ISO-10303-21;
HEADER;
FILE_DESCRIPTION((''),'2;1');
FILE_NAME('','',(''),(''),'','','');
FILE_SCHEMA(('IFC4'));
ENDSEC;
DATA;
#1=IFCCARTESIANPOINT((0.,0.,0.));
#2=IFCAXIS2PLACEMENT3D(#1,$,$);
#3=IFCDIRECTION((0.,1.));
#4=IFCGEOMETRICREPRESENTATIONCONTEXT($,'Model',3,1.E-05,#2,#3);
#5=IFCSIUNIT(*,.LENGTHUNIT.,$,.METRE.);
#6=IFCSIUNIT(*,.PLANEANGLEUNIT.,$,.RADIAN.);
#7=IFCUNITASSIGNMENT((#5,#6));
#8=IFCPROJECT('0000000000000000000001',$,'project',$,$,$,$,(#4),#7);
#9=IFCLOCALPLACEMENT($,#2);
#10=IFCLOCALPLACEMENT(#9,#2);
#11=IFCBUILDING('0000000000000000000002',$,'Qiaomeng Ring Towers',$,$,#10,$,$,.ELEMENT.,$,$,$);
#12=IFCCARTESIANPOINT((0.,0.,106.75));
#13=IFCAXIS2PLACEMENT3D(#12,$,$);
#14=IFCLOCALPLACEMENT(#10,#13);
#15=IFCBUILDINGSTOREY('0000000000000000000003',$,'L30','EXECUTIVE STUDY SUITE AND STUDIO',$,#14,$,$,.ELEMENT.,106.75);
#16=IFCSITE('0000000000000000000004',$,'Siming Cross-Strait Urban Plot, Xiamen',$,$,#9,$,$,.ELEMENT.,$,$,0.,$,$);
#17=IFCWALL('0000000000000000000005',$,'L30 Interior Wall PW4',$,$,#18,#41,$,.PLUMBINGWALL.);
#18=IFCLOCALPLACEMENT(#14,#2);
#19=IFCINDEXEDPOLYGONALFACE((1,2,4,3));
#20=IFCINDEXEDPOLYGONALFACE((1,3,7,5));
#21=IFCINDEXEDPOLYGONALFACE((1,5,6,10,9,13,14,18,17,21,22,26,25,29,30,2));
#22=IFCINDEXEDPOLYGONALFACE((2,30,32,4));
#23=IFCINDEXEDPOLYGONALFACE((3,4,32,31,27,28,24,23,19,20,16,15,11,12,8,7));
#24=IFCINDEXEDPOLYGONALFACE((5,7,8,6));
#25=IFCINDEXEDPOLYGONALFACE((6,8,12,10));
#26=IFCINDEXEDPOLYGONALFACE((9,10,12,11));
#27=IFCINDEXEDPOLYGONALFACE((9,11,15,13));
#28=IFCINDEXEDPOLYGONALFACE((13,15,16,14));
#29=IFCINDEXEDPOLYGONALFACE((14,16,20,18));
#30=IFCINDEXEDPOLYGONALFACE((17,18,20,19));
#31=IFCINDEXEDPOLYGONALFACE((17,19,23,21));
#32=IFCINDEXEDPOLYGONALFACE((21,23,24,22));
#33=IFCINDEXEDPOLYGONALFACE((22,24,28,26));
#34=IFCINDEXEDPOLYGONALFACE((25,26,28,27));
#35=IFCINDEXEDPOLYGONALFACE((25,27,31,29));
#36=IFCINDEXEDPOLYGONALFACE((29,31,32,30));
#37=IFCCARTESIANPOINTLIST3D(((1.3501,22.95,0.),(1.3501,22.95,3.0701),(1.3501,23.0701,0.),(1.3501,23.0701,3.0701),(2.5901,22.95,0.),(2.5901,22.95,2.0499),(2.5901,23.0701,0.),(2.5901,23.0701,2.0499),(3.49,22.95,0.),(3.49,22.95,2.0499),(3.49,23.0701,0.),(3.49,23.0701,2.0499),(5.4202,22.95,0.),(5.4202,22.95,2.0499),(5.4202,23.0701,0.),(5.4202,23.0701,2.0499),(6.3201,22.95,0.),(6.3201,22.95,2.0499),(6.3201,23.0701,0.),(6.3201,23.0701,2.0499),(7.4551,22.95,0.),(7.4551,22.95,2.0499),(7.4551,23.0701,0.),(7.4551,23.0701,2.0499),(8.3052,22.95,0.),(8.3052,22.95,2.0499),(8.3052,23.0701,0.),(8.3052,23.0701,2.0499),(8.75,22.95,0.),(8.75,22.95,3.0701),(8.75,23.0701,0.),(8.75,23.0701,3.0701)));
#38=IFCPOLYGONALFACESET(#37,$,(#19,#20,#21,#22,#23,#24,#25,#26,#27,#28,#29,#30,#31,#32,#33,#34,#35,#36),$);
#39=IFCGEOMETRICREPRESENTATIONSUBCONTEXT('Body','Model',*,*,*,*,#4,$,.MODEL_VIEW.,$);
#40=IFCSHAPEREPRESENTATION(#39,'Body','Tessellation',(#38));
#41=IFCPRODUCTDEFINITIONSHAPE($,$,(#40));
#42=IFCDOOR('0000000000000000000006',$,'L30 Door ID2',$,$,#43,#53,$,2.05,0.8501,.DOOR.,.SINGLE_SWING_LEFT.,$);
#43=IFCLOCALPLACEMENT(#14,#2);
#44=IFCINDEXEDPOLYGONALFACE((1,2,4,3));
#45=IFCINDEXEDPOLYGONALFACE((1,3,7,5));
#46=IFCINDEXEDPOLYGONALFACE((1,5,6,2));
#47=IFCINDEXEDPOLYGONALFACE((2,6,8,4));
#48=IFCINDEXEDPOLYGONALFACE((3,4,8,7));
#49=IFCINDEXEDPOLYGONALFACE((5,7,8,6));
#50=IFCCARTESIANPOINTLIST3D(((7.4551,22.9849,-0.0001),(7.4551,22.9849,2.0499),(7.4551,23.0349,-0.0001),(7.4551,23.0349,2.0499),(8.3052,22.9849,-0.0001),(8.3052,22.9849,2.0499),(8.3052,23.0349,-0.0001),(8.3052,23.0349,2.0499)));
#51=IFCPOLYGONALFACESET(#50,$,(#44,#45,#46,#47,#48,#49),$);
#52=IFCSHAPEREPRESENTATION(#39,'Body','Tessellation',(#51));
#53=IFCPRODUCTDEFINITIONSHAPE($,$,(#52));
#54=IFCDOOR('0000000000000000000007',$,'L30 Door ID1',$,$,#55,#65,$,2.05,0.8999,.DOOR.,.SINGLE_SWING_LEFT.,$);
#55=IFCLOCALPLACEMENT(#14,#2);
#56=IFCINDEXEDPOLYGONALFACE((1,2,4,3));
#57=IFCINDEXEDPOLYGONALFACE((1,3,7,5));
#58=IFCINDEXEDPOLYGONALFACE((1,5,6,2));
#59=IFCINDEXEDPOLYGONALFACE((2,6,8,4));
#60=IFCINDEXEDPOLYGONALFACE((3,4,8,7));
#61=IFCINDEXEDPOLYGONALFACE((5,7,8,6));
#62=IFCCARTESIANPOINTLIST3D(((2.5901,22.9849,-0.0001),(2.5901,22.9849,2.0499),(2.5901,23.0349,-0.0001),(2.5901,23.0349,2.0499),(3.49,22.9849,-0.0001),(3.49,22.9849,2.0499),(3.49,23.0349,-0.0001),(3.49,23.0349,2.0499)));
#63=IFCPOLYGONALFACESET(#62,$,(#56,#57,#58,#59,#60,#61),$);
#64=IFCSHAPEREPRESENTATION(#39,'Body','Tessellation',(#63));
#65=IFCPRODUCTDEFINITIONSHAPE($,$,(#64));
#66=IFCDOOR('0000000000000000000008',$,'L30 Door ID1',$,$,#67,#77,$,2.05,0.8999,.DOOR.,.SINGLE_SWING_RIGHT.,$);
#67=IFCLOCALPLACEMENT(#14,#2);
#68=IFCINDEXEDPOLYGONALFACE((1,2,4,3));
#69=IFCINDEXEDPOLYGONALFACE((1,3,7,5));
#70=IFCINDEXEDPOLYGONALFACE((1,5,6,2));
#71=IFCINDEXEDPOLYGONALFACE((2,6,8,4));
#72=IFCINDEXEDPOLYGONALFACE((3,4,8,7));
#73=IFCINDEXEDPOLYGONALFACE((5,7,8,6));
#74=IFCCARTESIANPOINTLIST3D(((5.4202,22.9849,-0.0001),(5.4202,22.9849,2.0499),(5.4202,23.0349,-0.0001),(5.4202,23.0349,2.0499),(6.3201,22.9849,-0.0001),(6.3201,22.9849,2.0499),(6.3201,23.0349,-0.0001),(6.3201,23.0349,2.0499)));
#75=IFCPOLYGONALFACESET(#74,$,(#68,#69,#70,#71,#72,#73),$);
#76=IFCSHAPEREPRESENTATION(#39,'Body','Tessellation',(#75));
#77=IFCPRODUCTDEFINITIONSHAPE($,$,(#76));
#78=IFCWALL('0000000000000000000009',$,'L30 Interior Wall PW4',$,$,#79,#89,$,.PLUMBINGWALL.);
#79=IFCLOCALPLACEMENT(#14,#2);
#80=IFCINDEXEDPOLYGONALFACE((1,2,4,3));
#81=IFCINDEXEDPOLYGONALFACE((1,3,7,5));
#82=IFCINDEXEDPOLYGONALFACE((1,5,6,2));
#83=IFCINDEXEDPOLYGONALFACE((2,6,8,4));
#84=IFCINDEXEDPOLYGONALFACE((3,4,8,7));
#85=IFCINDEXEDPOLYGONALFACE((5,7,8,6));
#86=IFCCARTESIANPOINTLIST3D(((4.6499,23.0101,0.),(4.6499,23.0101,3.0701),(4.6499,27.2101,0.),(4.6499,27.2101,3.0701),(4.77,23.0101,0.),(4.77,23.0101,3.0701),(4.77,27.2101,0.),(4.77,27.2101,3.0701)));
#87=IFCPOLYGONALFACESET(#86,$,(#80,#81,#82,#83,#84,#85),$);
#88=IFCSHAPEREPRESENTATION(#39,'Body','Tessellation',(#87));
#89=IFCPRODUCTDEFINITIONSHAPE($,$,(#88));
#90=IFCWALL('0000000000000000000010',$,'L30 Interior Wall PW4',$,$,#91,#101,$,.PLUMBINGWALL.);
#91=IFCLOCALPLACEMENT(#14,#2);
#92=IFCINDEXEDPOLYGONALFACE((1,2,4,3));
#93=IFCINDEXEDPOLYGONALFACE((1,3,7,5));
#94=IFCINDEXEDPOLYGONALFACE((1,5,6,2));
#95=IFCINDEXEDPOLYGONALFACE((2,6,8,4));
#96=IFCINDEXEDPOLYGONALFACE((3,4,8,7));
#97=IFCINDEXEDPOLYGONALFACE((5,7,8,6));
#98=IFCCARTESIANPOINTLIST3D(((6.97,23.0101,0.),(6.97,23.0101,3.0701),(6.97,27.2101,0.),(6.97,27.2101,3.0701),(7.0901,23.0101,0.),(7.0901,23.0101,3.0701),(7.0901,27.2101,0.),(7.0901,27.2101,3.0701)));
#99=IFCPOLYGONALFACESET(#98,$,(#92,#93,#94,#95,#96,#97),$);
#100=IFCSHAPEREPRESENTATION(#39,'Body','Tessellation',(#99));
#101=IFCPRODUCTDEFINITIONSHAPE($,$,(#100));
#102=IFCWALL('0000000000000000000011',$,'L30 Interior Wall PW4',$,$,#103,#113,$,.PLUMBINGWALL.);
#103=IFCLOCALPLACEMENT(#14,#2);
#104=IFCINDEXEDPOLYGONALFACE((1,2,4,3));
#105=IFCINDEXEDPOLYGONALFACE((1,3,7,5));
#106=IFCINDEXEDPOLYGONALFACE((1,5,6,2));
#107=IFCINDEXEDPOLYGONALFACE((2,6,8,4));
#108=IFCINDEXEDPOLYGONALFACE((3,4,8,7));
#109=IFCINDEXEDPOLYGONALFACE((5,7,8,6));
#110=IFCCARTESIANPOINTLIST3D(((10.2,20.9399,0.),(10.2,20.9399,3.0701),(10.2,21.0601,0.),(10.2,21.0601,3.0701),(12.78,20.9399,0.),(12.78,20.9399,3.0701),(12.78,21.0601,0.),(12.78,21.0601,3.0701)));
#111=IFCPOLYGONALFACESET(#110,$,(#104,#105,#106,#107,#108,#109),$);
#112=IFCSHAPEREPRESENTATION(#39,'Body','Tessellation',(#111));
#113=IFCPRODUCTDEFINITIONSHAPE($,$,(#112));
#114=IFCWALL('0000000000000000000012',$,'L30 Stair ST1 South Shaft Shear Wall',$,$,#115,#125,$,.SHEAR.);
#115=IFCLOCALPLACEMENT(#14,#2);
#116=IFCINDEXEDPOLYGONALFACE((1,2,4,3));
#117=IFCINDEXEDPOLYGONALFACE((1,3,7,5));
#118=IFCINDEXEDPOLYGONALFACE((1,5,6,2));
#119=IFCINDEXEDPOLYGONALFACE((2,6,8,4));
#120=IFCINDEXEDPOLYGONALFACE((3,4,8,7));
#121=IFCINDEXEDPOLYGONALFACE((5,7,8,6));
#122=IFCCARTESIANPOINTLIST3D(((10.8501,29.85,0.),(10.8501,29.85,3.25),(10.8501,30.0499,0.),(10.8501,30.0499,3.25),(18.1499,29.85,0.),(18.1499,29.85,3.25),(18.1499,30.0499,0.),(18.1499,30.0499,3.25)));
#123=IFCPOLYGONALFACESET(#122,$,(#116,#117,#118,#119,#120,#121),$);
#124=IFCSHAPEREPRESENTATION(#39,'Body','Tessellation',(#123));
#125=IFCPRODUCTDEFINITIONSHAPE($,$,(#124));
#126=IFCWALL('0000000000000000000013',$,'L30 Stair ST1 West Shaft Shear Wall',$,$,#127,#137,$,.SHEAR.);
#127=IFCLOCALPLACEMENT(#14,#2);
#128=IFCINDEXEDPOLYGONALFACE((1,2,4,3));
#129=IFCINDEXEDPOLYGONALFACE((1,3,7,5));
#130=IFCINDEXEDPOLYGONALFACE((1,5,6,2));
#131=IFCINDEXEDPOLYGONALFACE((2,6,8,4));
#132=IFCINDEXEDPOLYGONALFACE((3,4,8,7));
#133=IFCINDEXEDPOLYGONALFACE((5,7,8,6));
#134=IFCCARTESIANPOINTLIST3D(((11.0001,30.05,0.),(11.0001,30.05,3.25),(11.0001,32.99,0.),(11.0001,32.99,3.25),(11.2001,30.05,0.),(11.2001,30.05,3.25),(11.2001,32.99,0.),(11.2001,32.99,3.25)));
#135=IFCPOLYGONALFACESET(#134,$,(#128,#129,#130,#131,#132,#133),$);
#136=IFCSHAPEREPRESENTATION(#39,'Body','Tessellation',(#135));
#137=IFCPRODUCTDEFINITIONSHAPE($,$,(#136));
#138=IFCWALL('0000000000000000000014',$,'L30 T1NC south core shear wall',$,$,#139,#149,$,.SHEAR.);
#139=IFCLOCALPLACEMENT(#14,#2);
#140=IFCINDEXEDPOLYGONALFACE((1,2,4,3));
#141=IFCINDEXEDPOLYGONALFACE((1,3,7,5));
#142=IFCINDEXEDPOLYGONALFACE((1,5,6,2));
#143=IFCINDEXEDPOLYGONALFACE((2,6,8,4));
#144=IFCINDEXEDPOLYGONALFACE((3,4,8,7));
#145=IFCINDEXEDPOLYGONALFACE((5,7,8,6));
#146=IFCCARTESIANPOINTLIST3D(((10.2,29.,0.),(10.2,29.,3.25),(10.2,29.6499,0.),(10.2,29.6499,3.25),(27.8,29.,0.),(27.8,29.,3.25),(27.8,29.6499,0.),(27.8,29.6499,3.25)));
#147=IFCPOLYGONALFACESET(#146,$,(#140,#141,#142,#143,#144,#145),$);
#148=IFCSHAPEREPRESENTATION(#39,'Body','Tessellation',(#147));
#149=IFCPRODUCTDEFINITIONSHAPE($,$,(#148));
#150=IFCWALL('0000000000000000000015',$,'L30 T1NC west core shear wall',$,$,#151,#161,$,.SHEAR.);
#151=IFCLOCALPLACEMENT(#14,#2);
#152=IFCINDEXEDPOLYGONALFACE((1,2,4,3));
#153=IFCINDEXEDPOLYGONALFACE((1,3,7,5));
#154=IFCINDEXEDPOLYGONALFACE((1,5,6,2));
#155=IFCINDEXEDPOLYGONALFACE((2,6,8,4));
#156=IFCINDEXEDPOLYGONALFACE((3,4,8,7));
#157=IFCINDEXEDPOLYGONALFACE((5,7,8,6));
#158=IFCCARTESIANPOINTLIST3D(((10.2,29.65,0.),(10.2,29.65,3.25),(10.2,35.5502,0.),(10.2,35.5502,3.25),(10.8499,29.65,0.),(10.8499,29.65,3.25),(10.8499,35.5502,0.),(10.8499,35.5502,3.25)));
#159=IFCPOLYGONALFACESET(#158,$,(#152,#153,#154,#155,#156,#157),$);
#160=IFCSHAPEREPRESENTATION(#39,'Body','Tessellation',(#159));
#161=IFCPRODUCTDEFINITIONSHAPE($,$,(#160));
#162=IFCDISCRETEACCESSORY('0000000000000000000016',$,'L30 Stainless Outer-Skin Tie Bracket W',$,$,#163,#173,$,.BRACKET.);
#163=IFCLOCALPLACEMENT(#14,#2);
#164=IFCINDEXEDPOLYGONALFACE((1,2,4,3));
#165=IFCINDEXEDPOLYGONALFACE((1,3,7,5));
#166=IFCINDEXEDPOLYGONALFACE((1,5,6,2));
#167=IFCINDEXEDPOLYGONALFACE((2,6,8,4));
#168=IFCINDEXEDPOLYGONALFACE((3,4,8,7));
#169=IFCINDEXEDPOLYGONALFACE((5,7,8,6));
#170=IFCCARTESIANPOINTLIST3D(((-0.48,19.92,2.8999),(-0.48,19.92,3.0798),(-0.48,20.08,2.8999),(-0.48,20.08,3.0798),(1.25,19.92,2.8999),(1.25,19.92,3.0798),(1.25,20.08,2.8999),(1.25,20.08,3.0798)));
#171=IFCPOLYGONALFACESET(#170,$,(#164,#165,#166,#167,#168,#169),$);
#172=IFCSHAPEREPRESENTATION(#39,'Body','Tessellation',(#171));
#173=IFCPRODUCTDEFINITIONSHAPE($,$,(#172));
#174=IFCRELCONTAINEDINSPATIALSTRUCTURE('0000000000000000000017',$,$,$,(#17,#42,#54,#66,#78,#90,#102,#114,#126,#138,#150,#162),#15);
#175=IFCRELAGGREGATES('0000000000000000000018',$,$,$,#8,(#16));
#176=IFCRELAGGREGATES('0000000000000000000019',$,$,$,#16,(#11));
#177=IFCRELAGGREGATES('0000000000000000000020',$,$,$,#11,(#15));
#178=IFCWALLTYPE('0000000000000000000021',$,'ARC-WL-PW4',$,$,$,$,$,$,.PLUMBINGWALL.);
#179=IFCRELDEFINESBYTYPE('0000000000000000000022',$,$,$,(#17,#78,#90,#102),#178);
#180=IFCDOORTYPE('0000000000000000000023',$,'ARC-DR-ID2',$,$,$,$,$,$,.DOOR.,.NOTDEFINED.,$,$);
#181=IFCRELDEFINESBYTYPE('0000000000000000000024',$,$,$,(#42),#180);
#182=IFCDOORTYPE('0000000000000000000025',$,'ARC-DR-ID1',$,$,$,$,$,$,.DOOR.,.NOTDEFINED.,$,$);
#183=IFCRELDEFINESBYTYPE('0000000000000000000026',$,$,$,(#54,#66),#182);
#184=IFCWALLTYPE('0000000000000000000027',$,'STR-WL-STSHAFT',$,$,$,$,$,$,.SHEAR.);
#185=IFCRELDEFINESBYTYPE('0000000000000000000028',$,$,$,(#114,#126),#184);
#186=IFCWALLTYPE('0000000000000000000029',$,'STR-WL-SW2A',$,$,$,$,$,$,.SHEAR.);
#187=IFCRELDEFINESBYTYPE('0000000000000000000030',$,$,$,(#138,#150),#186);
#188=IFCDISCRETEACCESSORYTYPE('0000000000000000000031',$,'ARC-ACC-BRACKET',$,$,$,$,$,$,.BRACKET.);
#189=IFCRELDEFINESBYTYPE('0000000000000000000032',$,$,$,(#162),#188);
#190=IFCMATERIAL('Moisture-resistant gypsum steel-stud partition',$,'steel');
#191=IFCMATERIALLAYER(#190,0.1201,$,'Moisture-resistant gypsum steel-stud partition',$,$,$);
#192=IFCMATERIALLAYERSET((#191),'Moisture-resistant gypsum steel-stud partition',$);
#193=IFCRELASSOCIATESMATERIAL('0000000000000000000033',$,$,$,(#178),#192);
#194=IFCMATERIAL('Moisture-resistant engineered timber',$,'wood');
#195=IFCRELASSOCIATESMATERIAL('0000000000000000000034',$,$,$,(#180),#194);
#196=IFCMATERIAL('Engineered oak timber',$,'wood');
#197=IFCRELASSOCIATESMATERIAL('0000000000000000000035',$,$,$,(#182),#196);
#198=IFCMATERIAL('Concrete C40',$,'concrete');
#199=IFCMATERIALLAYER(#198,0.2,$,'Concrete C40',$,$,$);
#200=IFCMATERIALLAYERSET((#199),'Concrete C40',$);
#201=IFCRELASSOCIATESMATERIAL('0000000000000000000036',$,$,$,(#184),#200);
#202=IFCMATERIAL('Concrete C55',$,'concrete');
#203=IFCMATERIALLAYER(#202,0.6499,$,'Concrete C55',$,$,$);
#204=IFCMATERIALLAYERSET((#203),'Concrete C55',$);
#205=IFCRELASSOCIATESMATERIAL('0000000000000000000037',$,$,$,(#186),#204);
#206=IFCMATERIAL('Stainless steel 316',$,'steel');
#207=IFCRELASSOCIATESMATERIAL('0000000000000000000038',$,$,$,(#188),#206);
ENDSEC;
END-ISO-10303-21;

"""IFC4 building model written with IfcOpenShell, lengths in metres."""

from ifc_helpers import new_model, si_unit, direction, frame, frame_2d, origin, origin_2d, place, context, subcontext, project, spatial, rectangle, extrude, source, transform, mapped, material, layer, layer_set, type_object, element, fill, save


model = new_model("IFC4")

# Units and contexts
model_context = context("Model", 3, precision=1e-05, world=origin(), true_north=direction((0.0, 1.0)))
body_context = subcontext(model_context, "Body", "Model", "MODEL_VIEW")
ifc_project = project(units=[si_unit("LENGTHUNIT", "METRE"), si_unit("PLANEANGLEUNIT", "RADIAN")], contexts=[model_context])

# Site, building, storey
site_placement = place(None, origin())
site = spatial("IfcSite", under=ifc_project, at=site_placement, Name="Siming Cross-Strait Urban Plot, Xiamen", CompositionType="ELEMENT", RefElevation=0.0)
building_placement = place(site_placement, origin())
building = spatial("IfcBuilding", under=site, at=building_placement, Name="Qiaomeng Ring Towers", CompositionType="ELEMENT")
storey_placement = place(building_placement, frame((0.0, 0.0, 106.75)))
storey = spatial("IfcBuildingStorey", under=building, at=storey_placement, Name="L30", Description="EXECUTIVE STUDY SUITE AND STUDIO", CompositionType="ELEMENT", Elevation=106.75)

# Shared definitions
ifc_material_1 = material(Name="Concrete C55", Category="concrete")

# Shared definitions
ifc_material_2 = material(Name="Stainless steel 316", Category="steel")

# Wall, openings, doors
ifc_material_3 = material(Name="Moisture-resistant gypsum steel-stud partition", Category="steel")
ifc_layer_1 = layer(ifc_material_3, 0.1201, Name="Moisture-resistant gypsum steel-stud partition")
ifc_layer_set_1 = layer_set([ifc_layer_1], Name="Moisture-resistant gypsum steel-stud partition")
wall_type_1 = type_object("IfcWallType", Name="ARC-WL-PW4", PredefinedType="PLUMBINGWALL", material=ifc_layer_set_1)
wall_1_placement = place(storey_placement, frame((1.3501, 23.01, 0.0), z_axis=(0.0, 0.0, 1.0), x_axis=(1.0, 0.0, 0.0)))
wall_1 = element("IfcWall", 1, at=wall_1_placement, inside=storey, type_object=wall_type_1, Name="L30 Interior Wall PW4", PredefinedType="PLUMBINGWALL", context=body_context, shape_type="SweptSolid", body=[
    extrude(rectangle(XDim=7.3999, YDim=0.1201, at=frame_2d((3.7, 0.0))), origin(), (0.0, 0.0, 1.0), 3.0701),
])
opening_1_placement = place(wall_1_placement, frame((1.24, 0.0, 0.0)))
opening_1 = element("IfcOpeningElement", 2, at=opening_1_placement, cuts=wall_1, PredefinedType="OPENING", context=body_context, shape_type="SweptSolid", body=[
    extrude(rectangle(XDim=0.8999, YDim=2.05, at=frame_2d((0.45, 1.0249))), frame((0.0, 0.0701, 0.0), z_axis=(0.0, -1.0, 0.0), x_axis=(1.0, 0.0, 0.0)), (0.0, 0.0, 1.0), 0.1401),
])
opening_2_placement = place(wall_1_placement, frame((4.0701, 0.0, 0.0)))
opening_2 = element("IfcOpeningElement", 3, at=opening_2_placement, cuts=wall_1, PredefinedType="OPENING", context=body_context, shape_type="SweptSolid", body=[
    extrude(rectangle(XDim=0.8999, YDim=2.05, at=frame_2d((0.45, 1.0249))), frame((0.0, 0.0701, 0.0), z_axis=(0.0, -1.0, 0.0), x_axis=(1.0, 0.0, 0.0)), (0.0, 0.0, 1.0), 0.1401),
])
opening_3_placement = place(wall_1_placement, frame((6.105, 0.0, 0.0)))
opening_3 = element("IfcOpeningElement", 4, at=opening_3_placement, cuts=wall_1, PredefinedType="OPENING", context=body_context, shape_type="SweptSolid", body=[
    extrude(rectangle(XDim=0.8501, YDim=2.05, at=frame_2d((0.425, 1.0249))), frame((0.0, 0.0701, 0.0), z_axis=(0.0, -1.0, 0.0), x_axis=(1.0, 0.0, 0.0)), (0.0, 0.0, 1.0), 0.1401),
])
ifc_material_4 = material(Name="Moisture-resistant engineered timber", Category="wood")
door_type_1 = type_object("IfcDoorType", Name="ARC-DR-ID2", OperationType="NOTDEFINED", PredefinedType="DOOR", material=ifc_material_4)
shared_shape_1 = source(origin(), body_context, "Body", "SweptSolid", [
    extrude(rectangle(XDim=0.8501, YDim=2.05, at=frame_2d((0.425, 1.0249))), frame((0.0, 0.0249, 0.0), z_axis=(0.0, -1.0, 0.0), x_axis=(1.0, 0.0, 0.0)), (0.0, 0.0, 1.0), 0.05),
])
door_1_placement = place(opening_3_placement, origin())
door_1 = element("IfcDoor", 5, at=door_1_placement, inside=storey, type_object=door_type_1, Name="L30 Door ID2", OperationType="SINGLE_SWING_LEFT", OverallHeight=2.05, OverallWidth=0.8501, PredefinedType="DOOR", context=body_context, shape_type="MappedRepresentation", body=[
    mapped(shared_shape_1, transform((0.0, 0.0, 0.0), x_axis=(1.0, 0.0, 0.0), y_axis=(0.0, 1.0, 0.0), z_axis=(0.0, 0.0, 1.0), scale=1.0)),
])
fill(opening_3, door_1)
ifc_material_5 = material(Name="Engineered oak timber", Category="wood")
door_type_2 = type_object("IfcDoorType", Name="ARC-DR-ID1", OperationType="NOTDEFINED", PredefinedType="DOOR", material=ifc_material_5)
shared_shape_2 = source(origin(), body_context, "Body", "SweptSolid", [
    extrude(rectangle(XDim=0.8999, YDim=2.05, at=frame_2d((0.45, 1.0249))), frame((0.0, 0.0249, 0.0), z_axis=(0.0, -1.0, 0.0), x_axis=(1.0, 0.0, 0.0)), (0.0, 0.0, 1.0), 0.05),
])
door_2_placement = place(opening_1_placement, origin())
door_2 = element("IfcDoor", 6, at=door_2_placement, inside=storey, type_object=door_type_2, Name="L30 Door ID1", OperationType="SINGLE_SWING_LEFT", OverallHeight=2.05, OverallWidth=0.8999, PredefinedType="DOOR", context=body_context, shape_type="MappedRepresentation", body=[
    mapped(shared_shape_2, transform((0.0, 0.0, 0.0), x_axis=(1.0, 0.0, 0.0), y_axis=(0.0, 1.0, 0.0), z_axis=(0.0, 0.0, 1.0), scale=1.0)),
])
fill(opening_1, door_2)
door_3_placement = place(opening_2_placement, origin())
door_3 = element("IfcDoor", 7, at=door_3_placement, inside=storey, type_object=door_type_2, Name="L30 Door ID1", OperationType="SINGLE_SWING_RIGHT", OverallHeight=2.05, OverallWidth=0.8999, PredefinedType="DOOR", context=body_context, shape_type="MappedRepresentation", body=[
    mapped(shared_shape_2, transform((0.0, 0.0, 0.0), x_axis=(1.0, 0.0, 0.0), y_axis=(0.0, 1.0, 0.0), z_axis=(0.0, 0.0, 1.0), scale=1.0)),
])
fill(opening_2, door_3)

# Walls
for number, where, z_axis, x_axis, name in (
    (8, (4.71, 23.01, 0.0), (0.0, 0.0, 1.0), (0.0, 1.0, 0.0), "L30 Interior Wall PW4"),
    (9, (7.03, 23.01, 0.0), (0.0, 0.0, 1.0), (0.0, 1.0, 0.0), "L30 Interior Wall PW4"),
):
    element("IfcWall", number, at=place(storey_placement, frame(where, z_axis=z_axis, x_axis=x_axis)), inside=storey, type_object=wall_type_1, Name=name, PredefinedType="PLUMBINGWALL", context=body_context, shape_type="SweptSolid", body=[
        extrude(rectangle(XDim=4.2, YDim=0.1201, at=frame_2d((2.1001, 0.0))), origin(), (0.0, 0.0, 1.0), 3.0701),
    ])
wall_2_placement = place(storey_placement, frame((10.2, 21.0, 0.0), z_axis=(0.0, 0.0, 1.0), x_axis=(1.0, 0.0, 0.0)))
element("IfcWall", 10, at=wall_2_placement, inside=storey, type_object=wall_type_1, Name="L30 Interior Wall PW4", PredefinedType="PLUMBINGWALL", context=body_context, shape_type="SweptSolid", body=[
    extrude(rectangle(XDim=2.5801, YDim=0.1201, at=frame_2d((1.29, 0.0))), origin(), (0.0, 0.0, 1.0), 3.0701),
])
ifc_material_6 = material(Name="Concrete C40", Category="concrete")
ifc_layer_2 = layer(ifc_material_6, 0.2, Name="Concrete C40")
ifc_layer_set_2 = layer_set([ifc_layer_2], Name="Concrete C40")
wall_type_2 = type_object("IfcWallType", Name="STR-WL-STSHAFT", PredefinedType="SHEAR", material=ifc_layer_set_2)
wall_3_placement = place(storey_placement, frame((10.8501, 29.95, 0.0), z_axis=(0.0, 0.0, 1.0), x_axis=(1.0, 0.0, 0.0)))
element("IfcWall", 11, at=wall_3_placement, inside=storey, type_object=wall_type_2, Name="L30 Stair ST1 South Shaft Shear Wall", PredefinedType="SHEAR", context=body_context, shape_type="SweptSolid", body=[
    extrude(rectangle(XDim=7.2998, YDim=0.2, at=frame_2d((3.6499, 0.0))), origin(), (0.0, 0.0, 1.0), 3.25),
])
wall_4_placement = place(storey_placement, frame((11.1001, 30.05, 0.0), z_axis=(0.0, 0.0, 1.0), x_axis=(0.0, 1.0, 0.0)))
element("IfcWall", 12, at=wall_4_placement, inside=storey, type_object=wall_type_2, Name="L30 Stair ST1 West Shaft Shear Wall", PredefinedType="SHEAR", context=body_context, shape_type="SweptSolid", body=[
    extrude(rectangle(XDim=2.9399, YDim=0.2, at=frame_2d((1.47, 0.0))), origin(), (0.0, 0.0, 1.0), 3.25),
])
ifc_layer_3 = layer(ifc_material_1, 0.6499, Name="Concrete C55")
ifc_layer_set_3 = layer_set([ifc_layer_3], Name="Concrete C55")
wall_type_3 = type_object("IfcWallType", Name="STR-WL-SW2A", PredefinedType="SHEAR", material=ifc_layer_set_3)
wall_5_placement = place(storey_placement, frame((10.2, 29.325, 0.0), z_axis=(0.0, 0.0, 1.0), x_axis=(1.0, 0.0, 0.0)))
element("IfcWall", 13, at=wall_5_placement, inside=storey, type_object=wall_type_3, Name="L30 T1NC south core shear wall", PredefinedType="SHEAR", context=body_context, shape_type="SweptSolid", body=[
    extrude(rectangle(XDim=17.6001, YDim=0.6499, at=frame_2d((8.8, 0.0))), origin(), (0.0, 0.0, 1.0), 3.25),
])
wall_6_placement = place(storey_placement, frame((10.5249, 29.6499, 0.0), z_axis=(0.0, 0.0, 1.0), x_axis=(0.0, 1.0, 0.0)))
element("IfcWall", 14, at=wall_6_placement, inside=storey, type_object=wall_type_3, Name="L30 T1NC west core shear wall", PredefinedType="SHEAR", context=body_context, shape_type="SweptSolid", body=[
    extrude(rectangle(XDim=5.9001, YDim=0.6499, at=frame_2d((2.9502, 0.0))), origin(), (0.0, 0.0, 1.0), 3.25),
])

# Discrete accessory
discrete_accessory_type = type_object("IfcDiscreteAccessoryType", Name="ARC-ACC-BRACKET", PredefinedType="BRACKET", material=ifc_material_2)
shared_shape_3 = source(origin(), body_context, "Body", "SweptSolid", [
    extrude(rectangle(XDim=1.73, YDim=0.1599, at=origin_2d()), origin(), (0.0, 0.0, 1.0), 0.1799),
])
discrete_accessory_placement = place(storey_placement, frame((0.385, 20.0, 2.8999), z_axis=(0.0, 0.0, 1.0), x_axis=(1.0, 0.0, 0.0)))
element("IfcDiscreteAccessory", 15, at=discrete_accessory_placement, inside=storey, type_object=discrete_accessory_type, Name="L30 Stainless Outer-Skin Tie Bracket W", PredefinedType="BRACKET", context=body_context, shape_type="MappedRepresentation", body=[
    mapped(shared_shape_3, transform((0.0, 0.0, 0.0), x_axis=(1.0, 0.0, 0.0), y_axis=(0.0, 1.0, 0.0), z_axis=(0.0, 0.0, 1.0), scale=1.0)),
])

save(model, "model.ifc")
